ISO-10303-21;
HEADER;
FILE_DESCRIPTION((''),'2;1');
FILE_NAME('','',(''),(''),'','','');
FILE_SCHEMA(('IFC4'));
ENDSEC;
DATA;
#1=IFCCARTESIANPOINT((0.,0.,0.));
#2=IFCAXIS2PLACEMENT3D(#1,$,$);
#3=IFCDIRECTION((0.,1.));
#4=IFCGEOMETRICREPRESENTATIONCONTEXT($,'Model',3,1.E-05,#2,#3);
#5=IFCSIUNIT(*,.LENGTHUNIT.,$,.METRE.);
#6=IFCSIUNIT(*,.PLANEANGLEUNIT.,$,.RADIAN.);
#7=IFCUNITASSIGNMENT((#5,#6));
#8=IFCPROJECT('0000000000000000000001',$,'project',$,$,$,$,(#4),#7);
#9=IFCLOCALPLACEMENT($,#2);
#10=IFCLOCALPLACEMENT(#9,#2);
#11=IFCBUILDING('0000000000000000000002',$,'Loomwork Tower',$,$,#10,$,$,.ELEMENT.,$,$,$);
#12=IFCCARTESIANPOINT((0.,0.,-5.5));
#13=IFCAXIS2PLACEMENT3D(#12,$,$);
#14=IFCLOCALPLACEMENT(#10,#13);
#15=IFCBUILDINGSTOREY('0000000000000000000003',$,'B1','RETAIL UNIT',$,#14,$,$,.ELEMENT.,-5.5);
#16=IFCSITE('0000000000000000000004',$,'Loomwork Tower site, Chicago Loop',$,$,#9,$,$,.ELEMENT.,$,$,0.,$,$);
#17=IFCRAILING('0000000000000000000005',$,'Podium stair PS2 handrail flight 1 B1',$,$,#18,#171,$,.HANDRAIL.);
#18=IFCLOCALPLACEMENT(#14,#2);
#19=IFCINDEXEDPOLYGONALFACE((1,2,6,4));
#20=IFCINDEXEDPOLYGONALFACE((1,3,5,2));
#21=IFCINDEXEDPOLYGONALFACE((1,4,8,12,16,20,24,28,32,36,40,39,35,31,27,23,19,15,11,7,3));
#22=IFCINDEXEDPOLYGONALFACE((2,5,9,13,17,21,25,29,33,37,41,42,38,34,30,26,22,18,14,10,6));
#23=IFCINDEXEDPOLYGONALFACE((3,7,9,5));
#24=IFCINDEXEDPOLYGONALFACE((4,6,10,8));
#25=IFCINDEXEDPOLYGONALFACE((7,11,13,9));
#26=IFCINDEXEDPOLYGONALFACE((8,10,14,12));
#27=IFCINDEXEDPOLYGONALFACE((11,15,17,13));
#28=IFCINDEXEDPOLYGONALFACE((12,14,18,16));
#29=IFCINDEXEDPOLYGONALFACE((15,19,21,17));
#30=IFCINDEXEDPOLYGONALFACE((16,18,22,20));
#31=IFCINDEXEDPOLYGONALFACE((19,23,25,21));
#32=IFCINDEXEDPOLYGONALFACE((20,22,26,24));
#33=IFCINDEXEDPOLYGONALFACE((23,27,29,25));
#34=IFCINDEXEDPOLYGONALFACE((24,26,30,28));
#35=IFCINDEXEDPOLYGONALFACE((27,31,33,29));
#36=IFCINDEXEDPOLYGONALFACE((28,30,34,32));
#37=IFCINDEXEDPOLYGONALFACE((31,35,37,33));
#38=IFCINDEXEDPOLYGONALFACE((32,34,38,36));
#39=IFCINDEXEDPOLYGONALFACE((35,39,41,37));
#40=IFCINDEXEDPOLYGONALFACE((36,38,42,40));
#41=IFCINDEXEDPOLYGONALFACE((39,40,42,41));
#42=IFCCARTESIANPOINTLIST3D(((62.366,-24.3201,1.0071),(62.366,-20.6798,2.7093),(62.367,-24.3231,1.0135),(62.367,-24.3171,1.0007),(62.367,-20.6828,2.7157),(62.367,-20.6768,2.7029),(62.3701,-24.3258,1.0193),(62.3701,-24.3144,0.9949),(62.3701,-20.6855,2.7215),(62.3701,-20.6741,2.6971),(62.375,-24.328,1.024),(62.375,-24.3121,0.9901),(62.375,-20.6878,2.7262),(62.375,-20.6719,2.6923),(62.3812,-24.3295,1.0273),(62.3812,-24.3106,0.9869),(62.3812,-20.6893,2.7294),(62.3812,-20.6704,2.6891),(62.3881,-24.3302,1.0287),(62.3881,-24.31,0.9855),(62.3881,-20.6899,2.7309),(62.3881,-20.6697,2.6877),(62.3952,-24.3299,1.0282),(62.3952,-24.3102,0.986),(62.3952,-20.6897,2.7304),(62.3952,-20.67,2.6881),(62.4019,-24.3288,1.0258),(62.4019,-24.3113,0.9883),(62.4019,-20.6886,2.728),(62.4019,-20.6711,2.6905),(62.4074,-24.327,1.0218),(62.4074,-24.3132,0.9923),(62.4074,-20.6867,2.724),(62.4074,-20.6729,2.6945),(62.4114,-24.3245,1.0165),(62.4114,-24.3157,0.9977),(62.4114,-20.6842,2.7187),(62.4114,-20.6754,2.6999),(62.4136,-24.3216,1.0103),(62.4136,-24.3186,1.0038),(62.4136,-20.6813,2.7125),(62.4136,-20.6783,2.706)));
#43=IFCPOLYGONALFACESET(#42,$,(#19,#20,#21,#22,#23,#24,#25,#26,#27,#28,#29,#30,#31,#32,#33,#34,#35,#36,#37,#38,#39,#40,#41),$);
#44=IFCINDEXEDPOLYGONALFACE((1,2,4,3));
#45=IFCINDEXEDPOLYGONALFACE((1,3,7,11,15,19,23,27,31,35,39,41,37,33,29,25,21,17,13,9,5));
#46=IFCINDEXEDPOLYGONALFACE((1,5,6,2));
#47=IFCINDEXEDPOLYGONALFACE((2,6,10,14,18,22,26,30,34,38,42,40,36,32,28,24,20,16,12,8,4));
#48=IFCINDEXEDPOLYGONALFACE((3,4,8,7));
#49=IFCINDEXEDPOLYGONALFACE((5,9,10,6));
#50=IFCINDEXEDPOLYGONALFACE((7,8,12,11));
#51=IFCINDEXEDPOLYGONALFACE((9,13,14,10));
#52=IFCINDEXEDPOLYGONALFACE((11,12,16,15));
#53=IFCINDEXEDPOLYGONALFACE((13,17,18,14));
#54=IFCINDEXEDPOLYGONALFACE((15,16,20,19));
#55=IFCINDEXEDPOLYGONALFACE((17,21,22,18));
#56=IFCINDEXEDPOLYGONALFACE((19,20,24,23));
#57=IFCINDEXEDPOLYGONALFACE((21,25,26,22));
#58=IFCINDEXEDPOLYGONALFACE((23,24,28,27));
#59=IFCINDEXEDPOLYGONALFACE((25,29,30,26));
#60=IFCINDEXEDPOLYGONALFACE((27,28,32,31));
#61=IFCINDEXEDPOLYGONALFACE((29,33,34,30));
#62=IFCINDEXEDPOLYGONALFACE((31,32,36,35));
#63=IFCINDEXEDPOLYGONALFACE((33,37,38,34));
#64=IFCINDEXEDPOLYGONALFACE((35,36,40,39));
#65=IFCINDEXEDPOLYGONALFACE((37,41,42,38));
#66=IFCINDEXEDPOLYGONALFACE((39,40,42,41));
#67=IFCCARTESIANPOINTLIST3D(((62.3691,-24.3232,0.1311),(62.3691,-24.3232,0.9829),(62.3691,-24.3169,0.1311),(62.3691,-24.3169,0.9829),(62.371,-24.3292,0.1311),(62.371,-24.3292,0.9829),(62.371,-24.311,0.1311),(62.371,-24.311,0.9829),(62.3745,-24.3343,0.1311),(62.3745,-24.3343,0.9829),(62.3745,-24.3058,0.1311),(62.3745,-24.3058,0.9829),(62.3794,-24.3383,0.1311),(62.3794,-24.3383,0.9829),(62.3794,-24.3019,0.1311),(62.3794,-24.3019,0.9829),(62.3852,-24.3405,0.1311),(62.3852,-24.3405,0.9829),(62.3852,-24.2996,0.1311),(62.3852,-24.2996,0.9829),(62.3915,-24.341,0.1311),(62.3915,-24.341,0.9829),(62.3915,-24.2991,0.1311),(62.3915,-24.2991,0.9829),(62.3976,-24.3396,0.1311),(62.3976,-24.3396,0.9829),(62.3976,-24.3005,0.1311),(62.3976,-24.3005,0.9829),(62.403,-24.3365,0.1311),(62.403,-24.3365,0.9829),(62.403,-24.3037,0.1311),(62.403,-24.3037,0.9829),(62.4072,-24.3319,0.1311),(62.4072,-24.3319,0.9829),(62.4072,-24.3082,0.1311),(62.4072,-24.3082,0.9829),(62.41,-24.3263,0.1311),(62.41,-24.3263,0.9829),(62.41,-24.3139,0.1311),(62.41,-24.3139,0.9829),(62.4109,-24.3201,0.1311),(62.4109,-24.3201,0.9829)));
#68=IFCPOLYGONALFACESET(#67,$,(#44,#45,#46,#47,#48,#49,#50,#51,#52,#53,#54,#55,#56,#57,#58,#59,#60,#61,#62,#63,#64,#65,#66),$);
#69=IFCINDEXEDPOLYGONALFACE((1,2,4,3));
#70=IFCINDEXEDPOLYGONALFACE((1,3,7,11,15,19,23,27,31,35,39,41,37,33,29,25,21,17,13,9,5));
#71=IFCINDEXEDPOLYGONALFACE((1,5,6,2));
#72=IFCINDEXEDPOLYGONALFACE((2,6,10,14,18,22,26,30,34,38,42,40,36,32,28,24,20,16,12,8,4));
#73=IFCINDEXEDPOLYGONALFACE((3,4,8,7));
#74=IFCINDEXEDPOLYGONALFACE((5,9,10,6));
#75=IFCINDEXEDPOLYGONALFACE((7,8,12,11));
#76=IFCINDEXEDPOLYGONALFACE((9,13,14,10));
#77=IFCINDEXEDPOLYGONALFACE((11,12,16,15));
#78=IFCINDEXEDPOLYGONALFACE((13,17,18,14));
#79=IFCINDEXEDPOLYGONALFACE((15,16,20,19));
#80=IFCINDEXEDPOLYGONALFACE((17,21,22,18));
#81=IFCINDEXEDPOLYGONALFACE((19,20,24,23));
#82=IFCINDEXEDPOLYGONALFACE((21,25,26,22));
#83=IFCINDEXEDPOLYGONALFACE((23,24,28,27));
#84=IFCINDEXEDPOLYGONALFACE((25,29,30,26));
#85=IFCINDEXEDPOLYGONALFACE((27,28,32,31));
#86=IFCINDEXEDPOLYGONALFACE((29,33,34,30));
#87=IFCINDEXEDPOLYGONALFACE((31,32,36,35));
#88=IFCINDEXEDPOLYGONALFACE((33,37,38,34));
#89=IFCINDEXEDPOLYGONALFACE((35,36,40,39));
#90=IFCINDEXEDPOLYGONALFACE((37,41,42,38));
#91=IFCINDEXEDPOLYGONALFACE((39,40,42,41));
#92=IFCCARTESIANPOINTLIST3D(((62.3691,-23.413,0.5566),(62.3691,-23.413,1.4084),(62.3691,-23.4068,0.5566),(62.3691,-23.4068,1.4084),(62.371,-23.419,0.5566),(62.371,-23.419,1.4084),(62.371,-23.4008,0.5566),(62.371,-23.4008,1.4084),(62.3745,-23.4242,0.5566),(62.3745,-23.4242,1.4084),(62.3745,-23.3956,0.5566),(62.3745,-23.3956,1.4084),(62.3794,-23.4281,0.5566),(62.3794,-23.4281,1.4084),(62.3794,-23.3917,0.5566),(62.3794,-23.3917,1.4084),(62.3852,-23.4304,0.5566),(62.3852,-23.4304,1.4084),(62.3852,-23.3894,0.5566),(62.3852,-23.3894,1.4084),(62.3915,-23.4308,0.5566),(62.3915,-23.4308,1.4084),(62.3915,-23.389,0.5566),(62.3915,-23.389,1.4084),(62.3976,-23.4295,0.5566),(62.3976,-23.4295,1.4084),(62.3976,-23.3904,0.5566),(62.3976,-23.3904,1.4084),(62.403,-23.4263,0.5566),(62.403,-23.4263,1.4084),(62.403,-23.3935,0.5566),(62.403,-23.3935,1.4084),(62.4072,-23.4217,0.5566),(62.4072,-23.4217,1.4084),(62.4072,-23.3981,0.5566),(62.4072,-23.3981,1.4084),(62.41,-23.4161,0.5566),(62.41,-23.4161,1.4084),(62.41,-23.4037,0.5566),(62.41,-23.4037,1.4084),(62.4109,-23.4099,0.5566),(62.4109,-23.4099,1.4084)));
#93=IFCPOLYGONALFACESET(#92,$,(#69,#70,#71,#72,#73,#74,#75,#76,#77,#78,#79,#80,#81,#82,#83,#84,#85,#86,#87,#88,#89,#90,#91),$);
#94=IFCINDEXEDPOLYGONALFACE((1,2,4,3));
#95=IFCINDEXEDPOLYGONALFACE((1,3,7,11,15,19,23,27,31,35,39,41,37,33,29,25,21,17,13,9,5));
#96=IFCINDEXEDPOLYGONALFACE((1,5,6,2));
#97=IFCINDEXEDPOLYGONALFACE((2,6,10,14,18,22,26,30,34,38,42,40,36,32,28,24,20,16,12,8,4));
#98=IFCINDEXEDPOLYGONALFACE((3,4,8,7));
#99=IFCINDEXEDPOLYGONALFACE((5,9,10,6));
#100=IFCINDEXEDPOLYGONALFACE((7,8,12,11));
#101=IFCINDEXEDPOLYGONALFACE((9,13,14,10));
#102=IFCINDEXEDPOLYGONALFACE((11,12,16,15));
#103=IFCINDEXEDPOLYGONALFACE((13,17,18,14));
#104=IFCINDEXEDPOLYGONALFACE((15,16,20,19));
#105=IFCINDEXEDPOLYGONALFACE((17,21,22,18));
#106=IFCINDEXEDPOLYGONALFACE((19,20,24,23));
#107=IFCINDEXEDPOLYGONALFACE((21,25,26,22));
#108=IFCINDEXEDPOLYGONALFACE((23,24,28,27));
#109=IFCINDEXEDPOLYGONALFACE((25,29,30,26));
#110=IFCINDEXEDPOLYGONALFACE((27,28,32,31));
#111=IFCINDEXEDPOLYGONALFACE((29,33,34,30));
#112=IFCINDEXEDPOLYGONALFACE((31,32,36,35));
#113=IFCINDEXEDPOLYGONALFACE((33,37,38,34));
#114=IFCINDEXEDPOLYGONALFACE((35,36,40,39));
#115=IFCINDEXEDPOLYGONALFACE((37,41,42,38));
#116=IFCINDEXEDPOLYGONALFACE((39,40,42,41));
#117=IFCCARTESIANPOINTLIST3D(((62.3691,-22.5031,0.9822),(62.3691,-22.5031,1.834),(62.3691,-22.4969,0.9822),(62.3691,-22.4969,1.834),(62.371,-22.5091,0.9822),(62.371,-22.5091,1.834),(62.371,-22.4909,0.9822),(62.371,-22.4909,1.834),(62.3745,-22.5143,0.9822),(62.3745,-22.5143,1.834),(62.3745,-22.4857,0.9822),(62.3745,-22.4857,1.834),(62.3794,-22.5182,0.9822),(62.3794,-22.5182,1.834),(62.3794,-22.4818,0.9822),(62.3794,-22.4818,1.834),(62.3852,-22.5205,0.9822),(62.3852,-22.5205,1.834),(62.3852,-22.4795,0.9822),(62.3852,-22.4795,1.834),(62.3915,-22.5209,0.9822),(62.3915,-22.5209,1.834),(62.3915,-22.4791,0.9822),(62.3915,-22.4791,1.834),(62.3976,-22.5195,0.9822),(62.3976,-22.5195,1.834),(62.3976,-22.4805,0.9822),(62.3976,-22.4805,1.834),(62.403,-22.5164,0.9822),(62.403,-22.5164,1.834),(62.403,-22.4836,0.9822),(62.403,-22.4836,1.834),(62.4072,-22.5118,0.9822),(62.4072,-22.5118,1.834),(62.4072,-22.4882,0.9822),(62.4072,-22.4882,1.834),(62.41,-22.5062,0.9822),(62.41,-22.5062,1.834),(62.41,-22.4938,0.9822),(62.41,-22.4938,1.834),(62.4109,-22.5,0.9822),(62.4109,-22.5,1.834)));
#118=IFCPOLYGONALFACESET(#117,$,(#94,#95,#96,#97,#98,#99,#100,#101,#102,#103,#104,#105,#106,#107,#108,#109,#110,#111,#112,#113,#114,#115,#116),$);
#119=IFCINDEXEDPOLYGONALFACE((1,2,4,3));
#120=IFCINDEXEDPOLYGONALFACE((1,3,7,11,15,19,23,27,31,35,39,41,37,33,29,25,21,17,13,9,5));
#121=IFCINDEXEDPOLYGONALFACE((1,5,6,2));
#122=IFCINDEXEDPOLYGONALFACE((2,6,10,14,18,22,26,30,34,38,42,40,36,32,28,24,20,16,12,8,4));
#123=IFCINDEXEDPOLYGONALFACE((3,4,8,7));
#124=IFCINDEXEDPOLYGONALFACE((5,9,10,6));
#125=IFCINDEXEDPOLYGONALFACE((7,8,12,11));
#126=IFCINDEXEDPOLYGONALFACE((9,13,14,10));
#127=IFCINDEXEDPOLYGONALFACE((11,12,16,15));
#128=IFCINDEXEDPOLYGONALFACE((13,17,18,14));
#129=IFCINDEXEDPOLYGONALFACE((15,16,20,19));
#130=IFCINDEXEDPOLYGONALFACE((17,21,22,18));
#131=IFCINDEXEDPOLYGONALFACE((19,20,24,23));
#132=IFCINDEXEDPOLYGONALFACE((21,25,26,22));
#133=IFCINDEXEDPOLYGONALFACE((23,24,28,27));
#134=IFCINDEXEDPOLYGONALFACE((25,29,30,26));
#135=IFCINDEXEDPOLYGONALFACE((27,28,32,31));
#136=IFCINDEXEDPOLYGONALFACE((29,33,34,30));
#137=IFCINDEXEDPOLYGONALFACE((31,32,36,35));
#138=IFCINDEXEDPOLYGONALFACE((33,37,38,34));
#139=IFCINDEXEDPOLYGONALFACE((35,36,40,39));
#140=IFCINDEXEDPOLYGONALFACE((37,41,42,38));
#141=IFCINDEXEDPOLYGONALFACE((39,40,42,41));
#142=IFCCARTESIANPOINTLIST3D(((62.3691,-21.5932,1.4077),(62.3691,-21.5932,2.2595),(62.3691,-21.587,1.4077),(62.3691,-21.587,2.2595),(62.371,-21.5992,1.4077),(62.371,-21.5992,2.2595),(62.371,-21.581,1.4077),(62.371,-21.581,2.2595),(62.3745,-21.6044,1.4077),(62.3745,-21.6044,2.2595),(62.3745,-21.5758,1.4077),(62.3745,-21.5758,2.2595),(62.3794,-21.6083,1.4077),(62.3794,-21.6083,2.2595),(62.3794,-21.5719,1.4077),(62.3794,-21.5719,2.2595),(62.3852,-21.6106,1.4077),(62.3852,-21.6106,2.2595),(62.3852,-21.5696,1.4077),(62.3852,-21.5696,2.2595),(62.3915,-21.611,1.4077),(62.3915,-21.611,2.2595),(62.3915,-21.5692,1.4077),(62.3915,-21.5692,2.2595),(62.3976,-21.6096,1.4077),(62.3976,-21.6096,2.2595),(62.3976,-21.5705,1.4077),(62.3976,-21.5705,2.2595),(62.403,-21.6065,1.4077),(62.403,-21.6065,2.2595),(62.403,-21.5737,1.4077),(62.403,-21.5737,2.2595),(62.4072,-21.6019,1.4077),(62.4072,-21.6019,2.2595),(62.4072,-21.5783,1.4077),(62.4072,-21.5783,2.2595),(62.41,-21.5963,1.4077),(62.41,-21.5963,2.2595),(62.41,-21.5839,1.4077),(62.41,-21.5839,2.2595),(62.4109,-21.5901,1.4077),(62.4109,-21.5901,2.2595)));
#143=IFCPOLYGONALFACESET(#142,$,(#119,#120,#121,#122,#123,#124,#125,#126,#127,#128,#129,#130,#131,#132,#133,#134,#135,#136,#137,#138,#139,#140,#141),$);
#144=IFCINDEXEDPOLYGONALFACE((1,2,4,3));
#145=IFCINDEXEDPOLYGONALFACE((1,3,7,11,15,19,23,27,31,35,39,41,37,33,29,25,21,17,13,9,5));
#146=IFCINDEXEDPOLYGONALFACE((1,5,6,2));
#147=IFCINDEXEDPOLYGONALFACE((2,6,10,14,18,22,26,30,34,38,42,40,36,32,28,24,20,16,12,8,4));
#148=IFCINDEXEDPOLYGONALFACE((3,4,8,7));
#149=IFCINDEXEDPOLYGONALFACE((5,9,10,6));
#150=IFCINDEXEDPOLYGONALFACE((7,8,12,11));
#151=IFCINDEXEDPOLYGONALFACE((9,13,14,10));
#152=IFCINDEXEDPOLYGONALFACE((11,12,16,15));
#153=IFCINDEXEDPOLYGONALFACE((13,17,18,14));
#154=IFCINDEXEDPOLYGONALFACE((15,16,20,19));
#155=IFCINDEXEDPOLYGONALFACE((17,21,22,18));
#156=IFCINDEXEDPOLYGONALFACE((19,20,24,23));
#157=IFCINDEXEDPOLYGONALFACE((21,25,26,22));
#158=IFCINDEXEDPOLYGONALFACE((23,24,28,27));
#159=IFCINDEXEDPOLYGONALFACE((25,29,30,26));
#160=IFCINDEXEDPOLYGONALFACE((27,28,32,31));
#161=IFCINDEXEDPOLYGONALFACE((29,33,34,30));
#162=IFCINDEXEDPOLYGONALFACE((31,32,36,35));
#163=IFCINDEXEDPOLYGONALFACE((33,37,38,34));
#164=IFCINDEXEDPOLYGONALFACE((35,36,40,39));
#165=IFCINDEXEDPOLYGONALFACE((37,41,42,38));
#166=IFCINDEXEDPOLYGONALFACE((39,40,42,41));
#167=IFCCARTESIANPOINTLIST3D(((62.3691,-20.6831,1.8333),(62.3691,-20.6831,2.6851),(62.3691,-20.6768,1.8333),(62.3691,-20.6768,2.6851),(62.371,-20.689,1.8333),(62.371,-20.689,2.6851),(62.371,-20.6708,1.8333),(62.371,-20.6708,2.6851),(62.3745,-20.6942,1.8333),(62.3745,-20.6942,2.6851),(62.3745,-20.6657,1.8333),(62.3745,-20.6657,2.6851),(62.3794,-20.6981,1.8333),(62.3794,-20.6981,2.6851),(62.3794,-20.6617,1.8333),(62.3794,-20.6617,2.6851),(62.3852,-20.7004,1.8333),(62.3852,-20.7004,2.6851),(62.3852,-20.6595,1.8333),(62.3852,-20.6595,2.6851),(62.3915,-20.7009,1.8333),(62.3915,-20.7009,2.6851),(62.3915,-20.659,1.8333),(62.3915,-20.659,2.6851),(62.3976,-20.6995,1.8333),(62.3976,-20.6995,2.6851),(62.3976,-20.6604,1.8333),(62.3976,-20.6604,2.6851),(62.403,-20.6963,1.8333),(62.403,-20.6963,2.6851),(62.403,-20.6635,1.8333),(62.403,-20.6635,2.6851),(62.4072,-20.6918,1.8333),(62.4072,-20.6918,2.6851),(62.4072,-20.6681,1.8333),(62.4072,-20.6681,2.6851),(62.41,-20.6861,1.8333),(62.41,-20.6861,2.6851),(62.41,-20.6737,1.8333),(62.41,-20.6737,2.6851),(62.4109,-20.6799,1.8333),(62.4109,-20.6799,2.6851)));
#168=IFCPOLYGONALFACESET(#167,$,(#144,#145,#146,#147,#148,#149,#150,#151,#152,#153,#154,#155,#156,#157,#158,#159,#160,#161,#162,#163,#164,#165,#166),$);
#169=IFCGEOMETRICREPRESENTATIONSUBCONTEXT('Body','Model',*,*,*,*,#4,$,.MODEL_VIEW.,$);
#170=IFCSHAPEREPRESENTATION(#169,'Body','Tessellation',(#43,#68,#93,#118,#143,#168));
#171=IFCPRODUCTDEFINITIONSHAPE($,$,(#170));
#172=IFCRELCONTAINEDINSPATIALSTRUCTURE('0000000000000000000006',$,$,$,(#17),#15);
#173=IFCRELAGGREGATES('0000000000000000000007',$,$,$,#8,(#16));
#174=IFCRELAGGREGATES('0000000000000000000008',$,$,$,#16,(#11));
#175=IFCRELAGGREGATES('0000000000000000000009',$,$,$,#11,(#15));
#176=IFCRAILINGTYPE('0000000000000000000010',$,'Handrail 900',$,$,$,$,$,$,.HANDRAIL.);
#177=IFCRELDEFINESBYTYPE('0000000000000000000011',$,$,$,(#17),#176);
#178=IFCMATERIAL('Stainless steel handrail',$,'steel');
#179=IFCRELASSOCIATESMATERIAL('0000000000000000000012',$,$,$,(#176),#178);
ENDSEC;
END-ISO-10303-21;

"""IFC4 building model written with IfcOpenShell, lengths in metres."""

from ifc_helpers import new_model, si_unit, direction, frame, origin, origin_2d, place, context, subcontext, project, spatial, circle, extrude, material, type_object, element, save


model = new_model("IFC4")

# Units and contexts
model_context = context("Model", 3, precision=1e-05, world=origin(), true_north=direction((0.0, 1.0)))
body_context = subcontext(model_context, "Body", "Model", "MODEL_VIEW")
ifc_project = project(units=[si_unit("LENGTHUNIT", "METRE"), si_unit("PLANEANGLEUNIT", "RADIAN")], contexts=[model_context])

# Site, building, storey
site_placement = place(None, origin())
site = spatial("IfcSite", under=ifc_project, at=site_placement, Name="Loomwork Tower site, Chicago Loop", CompositionType="ELEMENT", RefElevation=0.0)
building_placement = place(site_placement, origin())
building = spatial("IfcBuilding", under=site, at=building_placement, Name="Loomwork Tower", CompositionType="ELEMENT")
storey_placement = place(building_placement, frame((0.0, 0.0, -5.5)))
storey = spatial("IfcBuildingStorey", under=building, at=storey_placement, Name="B1", Description="RETAIL UNIT", CompositionType="ELEMENT", Elevation=-5.5)

# Railing
ifc_material_1 = material(Name="Stainless steel handrail", Category="steel")
railing_type = type_object("IfcRailingType", Name="Handrail 900", PredefinedType="HANDRAIL", material=ifc_material_1)
railing_1_placement = place(storey_placement, frame((62.3899, -24.3201, 0.1311)))
element("IfcRailing", 1, at=railing_1_placement, inside=storey, type_object=railing_type, Name="Podium stair PS2 handrail flight 1 B1", PredefinedType="HANDRAIL", context=body_context, shape_type="SweptSolid", body=[
    extrude(circle(Radius=0.0239, at=origin_2d()), frame((0.0, 0.0, 0.876), z_axis=(0.0, 0.905857, 0.423584), x_axis=(-1.0, 0.0, 0.0)), (0.0, 0.0, 1.0), 4.0186),
    extrude(circle(Radius=0.021, at=origin_2d()), origin(), (0.0, 0.0, 1.0), 0.8518),
    extrude(circle(Radius=0.021, at=origin_2d()), frame((0.0, 0.9102, 0.4255)), (0.0, 0.0, 1.0), 0.8518),
    extrude(circle(Radius=0.021, at=origin_2d()), frame((0.0, 1.8201, 0.8511)), (0.0, 0.0, 1.0), 0.8518),
    extrude(circle(Radius=0.021, at=origin_2d()), frame((0.0, 2.73, 1.2766)), (0.0, 0.0, 1.0), 0.8518),
    extrude(circle(Radius=0.021, at=origin_2d()), frame((0.0, 3.6401, 1.7021)), (0.0, 0.0, 1.0), 0.8518),
])

save(model, "model.ifc")
